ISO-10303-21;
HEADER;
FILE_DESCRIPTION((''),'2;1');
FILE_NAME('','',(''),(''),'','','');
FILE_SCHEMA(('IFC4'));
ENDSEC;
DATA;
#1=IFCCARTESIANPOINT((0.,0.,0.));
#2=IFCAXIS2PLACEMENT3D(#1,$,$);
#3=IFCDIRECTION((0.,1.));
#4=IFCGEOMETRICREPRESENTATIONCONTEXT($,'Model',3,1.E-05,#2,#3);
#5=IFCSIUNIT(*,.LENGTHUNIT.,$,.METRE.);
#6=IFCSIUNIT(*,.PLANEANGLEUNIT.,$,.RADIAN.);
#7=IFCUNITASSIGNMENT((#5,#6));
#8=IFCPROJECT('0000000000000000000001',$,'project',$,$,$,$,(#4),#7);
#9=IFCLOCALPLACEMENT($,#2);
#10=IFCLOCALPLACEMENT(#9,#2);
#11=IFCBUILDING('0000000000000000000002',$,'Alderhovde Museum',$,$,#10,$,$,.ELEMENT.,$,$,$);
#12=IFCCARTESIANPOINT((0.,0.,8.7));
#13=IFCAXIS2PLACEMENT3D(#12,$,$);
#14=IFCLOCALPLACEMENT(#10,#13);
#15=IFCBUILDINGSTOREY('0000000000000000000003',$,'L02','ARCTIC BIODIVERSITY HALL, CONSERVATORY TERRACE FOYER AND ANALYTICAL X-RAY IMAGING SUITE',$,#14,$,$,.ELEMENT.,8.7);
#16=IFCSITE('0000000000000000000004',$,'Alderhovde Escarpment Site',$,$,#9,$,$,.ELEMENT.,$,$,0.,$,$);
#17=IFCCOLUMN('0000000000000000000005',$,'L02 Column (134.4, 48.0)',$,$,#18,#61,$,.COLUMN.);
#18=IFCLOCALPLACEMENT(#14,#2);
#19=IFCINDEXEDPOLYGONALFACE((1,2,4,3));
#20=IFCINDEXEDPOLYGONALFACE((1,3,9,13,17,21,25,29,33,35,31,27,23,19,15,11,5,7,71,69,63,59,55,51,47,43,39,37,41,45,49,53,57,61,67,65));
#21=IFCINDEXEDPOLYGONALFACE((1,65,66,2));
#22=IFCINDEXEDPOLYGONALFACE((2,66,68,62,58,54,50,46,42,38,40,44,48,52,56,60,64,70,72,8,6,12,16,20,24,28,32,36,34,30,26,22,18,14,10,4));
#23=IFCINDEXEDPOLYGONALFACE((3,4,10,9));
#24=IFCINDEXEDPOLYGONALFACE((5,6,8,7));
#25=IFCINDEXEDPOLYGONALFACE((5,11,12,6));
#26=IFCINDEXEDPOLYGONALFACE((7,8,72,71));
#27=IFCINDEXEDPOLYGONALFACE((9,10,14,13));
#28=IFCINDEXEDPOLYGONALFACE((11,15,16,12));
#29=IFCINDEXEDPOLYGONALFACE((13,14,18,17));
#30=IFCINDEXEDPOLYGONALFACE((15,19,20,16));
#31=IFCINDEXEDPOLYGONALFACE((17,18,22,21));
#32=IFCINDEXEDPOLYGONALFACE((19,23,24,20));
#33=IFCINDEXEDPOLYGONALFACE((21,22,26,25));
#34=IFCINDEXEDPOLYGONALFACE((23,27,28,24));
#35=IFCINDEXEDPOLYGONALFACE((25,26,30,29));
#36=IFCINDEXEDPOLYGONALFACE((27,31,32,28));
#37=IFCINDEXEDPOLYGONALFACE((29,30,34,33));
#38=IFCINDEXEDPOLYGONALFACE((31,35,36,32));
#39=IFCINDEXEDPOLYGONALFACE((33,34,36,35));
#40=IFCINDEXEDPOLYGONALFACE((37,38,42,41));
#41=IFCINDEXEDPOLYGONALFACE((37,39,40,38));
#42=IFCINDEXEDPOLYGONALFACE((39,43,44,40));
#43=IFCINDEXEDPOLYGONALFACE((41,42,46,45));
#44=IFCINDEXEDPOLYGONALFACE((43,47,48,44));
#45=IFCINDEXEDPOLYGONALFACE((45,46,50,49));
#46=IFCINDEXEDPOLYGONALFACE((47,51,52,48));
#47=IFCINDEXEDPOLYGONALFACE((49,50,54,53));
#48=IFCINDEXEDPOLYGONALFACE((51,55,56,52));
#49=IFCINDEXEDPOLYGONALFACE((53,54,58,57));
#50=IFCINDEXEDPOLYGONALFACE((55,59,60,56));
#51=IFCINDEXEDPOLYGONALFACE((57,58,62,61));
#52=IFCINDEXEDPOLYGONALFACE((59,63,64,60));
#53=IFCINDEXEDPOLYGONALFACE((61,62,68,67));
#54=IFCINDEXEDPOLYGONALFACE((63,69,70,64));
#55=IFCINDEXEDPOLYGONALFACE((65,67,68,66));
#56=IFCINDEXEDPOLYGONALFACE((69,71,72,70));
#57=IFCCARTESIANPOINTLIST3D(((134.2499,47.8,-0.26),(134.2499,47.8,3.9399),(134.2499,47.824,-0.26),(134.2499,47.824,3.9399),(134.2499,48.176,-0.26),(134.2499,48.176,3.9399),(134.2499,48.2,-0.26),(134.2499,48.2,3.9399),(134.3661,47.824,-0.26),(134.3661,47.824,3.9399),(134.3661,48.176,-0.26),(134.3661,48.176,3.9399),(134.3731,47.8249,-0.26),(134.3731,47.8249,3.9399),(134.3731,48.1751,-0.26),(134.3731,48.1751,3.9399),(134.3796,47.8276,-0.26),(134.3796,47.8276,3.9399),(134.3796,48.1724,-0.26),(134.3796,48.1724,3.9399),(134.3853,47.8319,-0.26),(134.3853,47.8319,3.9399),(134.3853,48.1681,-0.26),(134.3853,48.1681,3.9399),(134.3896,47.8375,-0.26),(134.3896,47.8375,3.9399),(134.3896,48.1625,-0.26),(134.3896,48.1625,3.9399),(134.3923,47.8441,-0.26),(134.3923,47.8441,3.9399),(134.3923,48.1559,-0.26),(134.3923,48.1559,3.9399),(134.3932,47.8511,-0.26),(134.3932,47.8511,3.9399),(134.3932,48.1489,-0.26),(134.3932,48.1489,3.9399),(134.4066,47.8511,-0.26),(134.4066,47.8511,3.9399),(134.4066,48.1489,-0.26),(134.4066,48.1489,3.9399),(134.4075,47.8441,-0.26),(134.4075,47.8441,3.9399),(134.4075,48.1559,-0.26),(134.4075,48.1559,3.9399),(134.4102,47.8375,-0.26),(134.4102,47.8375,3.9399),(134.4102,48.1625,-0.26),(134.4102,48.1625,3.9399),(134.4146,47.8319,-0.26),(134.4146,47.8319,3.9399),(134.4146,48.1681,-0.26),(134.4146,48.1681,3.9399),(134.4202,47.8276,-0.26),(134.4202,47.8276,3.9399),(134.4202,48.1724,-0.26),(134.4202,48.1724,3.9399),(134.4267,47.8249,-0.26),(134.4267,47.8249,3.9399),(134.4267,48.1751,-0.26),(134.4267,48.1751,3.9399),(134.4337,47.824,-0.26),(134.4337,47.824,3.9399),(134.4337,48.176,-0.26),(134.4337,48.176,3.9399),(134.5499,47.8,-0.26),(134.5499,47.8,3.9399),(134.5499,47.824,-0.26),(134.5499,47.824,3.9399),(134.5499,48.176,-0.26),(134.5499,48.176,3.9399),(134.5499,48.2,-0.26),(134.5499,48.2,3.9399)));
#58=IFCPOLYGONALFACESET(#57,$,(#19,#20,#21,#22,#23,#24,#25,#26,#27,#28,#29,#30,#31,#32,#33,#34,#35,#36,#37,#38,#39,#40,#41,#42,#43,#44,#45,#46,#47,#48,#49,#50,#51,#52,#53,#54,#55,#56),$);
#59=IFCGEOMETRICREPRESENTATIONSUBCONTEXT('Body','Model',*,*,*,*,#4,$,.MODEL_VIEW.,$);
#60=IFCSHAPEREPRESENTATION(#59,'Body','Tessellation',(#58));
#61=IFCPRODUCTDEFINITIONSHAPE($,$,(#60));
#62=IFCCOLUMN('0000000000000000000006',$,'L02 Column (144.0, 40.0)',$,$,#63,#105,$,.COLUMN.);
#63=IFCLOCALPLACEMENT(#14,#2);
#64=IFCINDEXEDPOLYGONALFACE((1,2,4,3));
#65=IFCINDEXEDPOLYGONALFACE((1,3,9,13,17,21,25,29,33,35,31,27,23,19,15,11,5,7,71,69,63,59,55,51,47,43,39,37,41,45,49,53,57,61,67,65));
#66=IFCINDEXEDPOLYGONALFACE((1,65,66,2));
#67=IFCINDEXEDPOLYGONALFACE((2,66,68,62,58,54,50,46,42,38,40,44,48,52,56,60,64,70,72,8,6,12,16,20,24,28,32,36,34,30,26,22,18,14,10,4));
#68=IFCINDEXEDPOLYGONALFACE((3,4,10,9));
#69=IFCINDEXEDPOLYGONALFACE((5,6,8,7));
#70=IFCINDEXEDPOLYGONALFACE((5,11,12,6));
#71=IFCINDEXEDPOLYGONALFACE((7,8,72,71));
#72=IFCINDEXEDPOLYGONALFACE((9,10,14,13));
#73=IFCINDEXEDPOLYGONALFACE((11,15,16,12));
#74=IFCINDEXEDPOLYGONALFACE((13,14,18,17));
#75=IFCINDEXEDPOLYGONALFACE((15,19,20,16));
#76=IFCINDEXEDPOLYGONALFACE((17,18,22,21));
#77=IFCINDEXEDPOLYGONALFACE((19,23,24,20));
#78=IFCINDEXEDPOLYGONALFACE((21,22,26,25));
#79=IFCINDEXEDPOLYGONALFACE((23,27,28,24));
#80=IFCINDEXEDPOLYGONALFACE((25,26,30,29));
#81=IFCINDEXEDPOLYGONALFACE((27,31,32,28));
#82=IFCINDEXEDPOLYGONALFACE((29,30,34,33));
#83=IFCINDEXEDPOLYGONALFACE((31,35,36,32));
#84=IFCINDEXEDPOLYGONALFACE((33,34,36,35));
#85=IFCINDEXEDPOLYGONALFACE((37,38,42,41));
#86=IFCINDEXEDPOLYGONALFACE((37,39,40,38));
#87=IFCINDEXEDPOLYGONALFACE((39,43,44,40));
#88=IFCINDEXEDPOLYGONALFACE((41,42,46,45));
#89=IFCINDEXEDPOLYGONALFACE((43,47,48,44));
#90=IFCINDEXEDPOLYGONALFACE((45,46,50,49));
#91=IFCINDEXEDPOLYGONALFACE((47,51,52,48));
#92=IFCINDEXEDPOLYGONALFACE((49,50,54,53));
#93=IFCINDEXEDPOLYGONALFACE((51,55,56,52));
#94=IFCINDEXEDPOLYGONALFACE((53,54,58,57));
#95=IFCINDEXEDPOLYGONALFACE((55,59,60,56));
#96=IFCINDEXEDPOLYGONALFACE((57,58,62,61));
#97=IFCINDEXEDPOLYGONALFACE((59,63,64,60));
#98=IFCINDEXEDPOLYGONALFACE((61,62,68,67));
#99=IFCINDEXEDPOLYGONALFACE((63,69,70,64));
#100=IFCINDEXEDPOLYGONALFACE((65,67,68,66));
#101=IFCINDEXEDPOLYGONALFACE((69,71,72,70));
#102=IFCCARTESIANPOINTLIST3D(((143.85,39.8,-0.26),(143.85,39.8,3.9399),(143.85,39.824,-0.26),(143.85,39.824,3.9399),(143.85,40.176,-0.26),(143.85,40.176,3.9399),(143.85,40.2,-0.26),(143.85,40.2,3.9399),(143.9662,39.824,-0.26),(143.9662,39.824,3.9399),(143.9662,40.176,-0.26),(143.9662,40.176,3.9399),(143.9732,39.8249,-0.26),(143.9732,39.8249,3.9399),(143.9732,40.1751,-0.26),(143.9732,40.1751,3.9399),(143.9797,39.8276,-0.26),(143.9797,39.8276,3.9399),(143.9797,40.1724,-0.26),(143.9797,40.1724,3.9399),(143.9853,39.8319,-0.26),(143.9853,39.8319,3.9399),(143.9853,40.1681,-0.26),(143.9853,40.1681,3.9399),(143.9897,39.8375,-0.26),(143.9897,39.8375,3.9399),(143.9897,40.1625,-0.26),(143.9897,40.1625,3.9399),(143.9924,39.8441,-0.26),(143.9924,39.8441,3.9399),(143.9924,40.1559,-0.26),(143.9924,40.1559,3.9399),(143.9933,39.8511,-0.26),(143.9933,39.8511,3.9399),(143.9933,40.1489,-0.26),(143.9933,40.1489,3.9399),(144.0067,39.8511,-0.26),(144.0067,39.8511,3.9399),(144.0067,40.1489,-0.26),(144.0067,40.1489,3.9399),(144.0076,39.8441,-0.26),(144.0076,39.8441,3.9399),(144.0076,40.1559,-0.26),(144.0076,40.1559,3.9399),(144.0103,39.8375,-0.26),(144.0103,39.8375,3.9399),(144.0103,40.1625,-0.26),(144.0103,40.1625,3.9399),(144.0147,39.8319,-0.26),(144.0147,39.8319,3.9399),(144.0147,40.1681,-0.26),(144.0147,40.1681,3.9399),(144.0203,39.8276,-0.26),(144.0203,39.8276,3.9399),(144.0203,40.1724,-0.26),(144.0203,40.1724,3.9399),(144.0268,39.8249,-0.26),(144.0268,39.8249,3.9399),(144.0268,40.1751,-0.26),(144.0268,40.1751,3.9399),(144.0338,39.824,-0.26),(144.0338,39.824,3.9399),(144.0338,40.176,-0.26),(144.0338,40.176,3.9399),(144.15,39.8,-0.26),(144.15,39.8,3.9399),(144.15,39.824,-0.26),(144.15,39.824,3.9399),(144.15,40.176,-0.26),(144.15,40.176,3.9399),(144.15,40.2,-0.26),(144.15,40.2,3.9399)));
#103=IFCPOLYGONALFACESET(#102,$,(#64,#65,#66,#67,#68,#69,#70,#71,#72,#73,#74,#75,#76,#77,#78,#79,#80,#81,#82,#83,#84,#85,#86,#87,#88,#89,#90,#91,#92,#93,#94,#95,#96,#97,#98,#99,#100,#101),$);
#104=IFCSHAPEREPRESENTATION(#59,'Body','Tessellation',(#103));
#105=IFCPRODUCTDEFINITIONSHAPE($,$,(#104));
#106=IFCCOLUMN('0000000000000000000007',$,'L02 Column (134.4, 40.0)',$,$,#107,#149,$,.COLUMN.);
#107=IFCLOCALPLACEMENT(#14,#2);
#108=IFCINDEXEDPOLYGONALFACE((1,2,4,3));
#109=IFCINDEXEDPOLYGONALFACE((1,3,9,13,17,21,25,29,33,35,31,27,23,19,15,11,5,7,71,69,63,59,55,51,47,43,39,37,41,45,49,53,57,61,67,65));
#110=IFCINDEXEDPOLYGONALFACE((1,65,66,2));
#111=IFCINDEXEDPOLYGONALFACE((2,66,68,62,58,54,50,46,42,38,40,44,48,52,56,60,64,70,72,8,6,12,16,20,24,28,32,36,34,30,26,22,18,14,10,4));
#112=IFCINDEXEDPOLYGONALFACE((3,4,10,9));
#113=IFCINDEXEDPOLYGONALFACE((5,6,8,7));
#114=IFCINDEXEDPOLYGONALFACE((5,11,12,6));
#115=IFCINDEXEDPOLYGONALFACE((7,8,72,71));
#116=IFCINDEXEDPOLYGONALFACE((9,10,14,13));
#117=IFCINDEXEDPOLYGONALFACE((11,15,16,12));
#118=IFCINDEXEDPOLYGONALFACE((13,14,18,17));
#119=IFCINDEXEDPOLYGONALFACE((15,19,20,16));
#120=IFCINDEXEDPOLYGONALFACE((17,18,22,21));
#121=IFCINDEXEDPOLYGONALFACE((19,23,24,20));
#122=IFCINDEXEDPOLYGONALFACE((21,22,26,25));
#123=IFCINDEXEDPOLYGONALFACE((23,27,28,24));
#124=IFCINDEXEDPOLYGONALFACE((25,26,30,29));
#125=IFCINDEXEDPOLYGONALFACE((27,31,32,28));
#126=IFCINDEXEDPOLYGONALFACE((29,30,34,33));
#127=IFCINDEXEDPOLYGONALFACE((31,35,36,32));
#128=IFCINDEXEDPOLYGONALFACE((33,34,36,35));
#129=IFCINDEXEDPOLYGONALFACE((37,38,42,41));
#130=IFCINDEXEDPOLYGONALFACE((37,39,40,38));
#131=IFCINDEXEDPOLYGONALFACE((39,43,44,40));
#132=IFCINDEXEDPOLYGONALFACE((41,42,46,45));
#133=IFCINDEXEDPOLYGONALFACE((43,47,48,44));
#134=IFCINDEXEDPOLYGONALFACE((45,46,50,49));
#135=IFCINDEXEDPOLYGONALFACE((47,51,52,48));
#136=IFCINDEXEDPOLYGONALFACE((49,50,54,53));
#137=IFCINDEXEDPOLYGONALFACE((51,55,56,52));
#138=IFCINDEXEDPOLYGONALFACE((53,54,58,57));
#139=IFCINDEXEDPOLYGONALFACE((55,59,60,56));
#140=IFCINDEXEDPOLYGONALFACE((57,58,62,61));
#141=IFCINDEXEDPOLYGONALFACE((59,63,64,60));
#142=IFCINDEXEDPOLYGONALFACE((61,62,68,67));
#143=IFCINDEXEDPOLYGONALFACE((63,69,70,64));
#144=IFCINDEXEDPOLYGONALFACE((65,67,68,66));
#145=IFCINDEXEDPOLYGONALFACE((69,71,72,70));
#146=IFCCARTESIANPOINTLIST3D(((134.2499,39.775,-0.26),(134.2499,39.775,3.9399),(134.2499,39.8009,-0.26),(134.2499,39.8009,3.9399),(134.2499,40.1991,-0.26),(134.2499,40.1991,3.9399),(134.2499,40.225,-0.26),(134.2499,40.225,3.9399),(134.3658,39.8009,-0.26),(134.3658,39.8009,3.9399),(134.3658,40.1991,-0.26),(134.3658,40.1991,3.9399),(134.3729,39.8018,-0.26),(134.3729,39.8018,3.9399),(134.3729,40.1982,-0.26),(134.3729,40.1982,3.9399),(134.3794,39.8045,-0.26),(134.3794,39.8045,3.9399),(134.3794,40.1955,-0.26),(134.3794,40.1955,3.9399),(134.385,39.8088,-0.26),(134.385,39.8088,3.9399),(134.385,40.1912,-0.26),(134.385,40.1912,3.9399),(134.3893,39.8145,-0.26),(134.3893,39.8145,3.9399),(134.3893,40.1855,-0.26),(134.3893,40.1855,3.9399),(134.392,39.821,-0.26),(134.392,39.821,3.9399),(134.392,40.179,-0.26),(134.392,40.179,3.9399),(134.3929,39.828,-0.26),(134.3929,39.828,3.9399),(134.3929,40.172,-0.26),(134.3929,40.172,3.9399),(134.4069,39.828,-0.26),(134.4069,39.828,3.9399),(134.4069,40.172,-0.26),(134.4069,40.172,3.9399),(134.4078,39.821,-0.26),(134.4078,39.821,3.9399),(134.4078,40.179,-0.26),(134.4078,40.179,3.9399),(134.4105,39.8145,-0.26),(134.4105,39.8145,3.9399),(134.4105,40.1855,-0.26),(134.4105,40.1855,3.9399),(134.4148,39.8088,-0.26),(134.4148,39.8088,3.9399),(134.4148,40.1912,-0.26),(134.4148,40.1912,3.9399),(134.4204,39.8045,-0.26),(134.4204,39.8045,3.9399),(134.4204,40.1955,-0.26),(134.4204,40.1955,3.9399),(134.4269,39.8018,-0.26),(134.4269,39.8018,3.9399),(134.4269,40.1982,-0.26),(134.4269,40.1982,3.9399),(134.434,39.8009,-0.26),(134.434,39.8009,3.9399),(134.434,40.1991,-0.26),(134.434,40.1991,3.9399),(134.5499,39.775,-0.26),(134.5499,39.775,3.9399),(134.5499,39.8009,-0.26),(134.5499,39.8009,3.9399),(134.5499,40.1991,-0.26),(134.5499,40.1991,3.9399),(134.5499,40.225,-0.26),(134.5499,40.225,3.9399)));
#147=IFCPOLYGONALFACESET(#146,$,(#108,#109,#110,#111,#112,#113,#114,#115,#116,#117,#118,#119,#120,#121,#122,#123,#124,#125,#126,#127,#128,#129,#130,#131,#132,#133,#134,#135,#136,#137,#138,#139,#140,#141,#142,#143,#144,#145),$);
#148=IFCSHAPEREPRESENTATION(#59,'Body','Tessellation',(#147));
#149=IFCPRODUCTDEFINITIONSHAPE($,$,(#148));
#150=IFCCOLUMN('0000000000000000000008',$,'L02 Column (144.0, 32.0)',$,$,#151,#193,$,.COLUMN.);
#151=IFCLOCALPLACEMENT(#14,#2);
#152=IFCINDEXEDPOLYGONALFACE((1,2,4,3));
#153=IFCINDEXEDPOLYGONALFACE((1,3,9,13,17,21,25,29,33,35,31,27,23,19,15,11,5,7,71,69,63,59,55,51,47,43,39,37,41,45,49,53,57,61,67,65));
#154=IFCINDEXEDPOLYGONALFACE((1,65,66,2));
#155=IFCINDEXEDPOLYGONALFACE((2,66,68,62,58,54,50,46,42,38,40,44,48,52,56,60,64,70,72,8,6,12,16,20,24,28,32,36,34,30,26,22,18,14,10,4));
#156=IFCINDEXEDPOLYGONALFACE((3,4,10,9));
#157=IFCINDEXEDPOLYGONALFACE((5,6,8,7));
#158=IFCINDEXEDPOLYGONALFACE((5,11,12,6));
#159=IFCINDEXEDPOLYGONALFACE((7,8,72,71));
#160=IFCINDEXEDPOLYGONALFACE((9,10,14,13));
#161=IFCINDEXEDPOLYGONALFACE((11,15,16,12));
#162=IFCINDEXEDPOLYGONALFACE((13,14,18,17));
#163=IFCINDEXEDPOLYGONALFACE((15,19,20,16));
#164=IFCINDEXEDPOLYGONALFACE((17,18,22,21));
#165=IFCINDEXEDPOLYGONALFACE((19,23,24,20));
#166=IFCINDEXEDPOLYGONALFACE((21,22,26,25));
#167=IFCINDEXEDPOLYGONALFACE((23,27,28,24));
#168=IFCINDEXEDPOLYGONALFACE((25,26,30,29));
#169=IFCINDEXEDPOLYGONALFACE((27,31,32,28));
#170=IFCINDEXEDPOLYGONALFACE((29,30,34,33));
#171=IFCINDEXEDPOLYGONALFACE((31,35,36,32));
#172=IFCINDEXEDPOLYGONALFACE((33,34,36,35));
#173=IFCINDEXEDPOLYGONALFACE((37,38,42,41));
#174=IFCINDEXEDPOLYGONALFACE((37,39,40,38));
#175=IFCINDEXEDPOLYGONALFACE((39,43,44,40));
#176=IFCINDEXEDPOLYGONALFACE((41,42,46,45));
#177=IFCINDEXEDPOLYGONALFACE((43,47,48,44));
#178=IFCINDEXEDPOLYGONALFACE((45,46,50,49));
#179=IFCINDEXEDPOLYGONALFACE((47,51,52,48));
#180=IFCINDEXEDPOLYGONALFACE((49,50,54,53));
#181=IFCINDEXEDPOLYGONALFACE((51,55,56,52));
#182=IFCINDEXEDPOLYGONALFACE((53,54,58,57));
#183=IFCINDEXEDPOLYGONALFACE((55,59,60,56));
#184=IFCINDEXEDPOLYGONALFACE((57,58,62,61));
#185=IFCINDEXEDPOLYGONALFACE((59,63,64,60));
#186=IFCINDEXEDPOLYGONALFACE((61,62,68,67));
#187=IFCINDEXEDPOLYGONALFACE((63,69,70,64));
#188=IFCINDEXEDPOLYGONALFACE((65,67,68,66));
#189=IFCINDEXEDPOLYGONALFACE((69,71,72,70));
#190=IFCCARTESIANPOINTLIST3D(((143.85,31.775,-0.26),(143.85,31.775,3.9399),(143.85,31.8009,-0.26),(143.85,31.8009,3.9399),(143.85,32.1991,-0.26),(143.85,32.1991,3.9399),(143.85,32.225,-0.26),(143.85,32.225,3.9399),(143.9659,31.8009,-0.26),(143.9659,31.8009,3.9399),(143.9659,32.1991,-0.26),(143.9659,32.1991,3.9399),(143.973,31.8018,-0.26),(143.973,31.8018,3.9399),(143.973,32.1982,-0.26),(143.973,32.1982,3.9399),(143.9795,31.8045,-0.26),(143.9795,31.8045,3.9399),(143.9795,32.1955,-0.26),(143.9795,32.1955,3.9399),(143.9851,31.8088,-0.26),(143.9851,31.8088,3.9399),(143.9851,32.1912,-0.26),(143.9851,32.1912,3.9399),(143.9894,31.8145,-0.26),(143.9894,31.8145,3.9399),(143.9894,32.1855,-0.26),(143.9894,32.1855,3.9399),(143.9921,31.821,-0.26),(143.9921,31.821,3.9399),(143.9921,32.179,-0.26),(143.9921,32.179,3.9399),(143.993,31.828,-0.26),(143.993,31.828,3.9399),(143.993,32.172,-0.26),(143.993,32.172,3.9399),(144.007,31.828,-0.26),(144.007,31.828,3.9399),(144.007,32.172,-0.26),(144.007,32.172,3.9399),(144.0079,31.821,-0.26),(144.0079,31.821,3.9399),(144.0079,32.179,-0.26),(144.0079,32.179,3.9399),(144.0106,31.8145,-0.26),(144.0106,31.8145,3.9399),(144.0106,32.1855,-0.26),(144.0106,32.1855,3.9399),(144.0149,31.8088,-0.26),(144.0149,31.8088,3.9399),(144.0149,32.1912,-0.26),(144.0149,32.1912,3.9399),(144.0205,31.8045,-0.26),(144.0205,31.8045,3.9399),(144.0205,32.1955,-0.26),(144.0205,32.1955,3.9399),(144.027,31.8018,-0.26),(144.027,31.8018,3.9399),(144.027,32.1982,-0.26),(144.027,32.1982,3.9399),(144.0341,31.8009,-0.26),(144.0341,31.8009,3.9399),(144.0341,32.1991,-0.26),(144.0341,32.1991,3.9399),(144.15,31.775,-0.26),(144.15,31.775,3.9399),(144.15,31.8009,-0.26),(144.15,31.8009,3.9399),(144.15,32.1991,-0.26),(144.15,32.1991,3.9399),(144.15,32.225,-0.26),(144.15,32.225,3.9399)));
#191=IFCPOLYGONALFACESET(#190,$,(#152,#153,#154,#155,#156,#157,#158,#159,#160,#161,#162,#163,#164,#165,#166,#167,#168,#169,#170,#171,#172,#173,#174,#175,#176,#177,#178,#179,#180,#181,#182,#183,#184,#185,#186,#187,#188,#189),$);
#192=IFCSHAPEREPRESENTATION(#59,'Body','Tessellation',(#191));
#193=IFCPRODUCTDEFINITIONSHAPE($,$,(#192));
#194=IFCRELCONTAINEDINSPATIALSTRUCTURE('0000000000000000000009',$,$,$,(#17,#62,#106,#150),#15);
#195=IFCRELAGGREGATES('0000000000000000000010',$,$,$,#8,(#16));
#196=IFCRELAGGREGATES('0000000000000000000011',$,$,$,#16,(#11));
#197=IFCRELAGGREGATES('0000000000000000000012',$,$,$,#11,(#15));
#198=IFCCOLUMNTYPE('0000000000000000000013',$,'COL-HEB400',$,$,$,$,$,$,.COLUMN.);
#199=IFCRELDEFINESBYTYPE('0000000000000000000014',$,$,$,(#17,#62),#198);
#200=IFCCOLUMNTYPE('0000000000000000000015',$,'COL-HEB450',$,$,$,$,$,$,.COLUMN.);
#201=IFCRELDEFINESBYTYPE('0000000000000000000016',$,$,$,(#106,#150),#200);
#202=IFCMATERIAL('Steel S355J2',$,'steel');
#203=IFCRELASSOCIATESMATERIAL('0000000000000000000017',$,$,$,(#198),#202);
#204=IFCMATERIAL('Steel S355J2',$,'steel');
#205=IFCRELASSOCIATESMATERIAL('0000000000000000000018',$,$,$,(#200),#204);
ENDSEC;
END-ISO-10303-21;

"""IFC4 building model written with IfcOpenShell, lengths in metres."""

from ifc_helpers import new_model, si_unit, direction, frame, origin, origin_2d, place, context, subcontext, project, spatial, i_section, extrude, material, material_profile, profile_set, type_object, element, save


model = new_model("IFC4")

# Units and contexts
model_context = context("Model", 3, precision=1e-05, world=origin(), true_north=direction((0.0, 1.0)))
body_context = subcontext(model_context, "Body", "Model", "MODEL_VIEW")
ifc_project = project(units=[si_unit("LENGTHUNIT", "METRE"), si_unit("PLANEANGLEUNIT", "RADIAN")], contexts=[model_context])

# Site, building, storey
site_placement = place(None, origin())
site = spatial("IfcSite", under=ifc_project, at=site_placement, Name="Alderhovde Escarpment Site", CompositionType="ELEMENT", RefElevation=0.0)
building_placement = place(site_placement, origin())
building = spatial("IfcBuilding", under=site, at=building_placement, Name="Alderhovde Museum", CompositionType="ELEMENT")
storey_placement = place(building_placement, frame((0.0, 0.0, 8.7)))
storey = spatial("IfcBuildingStorey", under=building, at=storey_placement, Name="L02", Description="ARCTIC BIODIVERSITY HALL, CONSERVATORY TERRACE FOYER AND ANALYTICAL X-RAY IMAGING SUITE", CompositionType="ELEMENT", Elevation=8.7)

# Columns
ifc_material_1 = material(Name="Steel S355J2", Category="steel")
ifc_material_profile_1 = material_profile(ifc_material_1, i_section(OverallWidth=0.3, OverallDepth=0.3999, WebThickness=0.0134, FlangeThickness=0.0239, FilletRadius=0.0271, at=origin_2d()), Name="HEB 400")
ifc_profile_set_1 = profile_set([ifc_material_profile_1], Name="Steel S355J2")
column_type_1 = type_object("IfcColumnType", Name="COL-HEB400", PredefinedType="COLUMN", material=ifc_profile_set_1)
for number, where, z_axis, x_axis, name in (
    (1, (134.3999, 48.0, -0.26), (0.0, 0.0, 1.0), (1.0, 0.0, 0.0), "L02 Column (134.4, 48.0)"),
    (2, (144.0, 40.0, -0.26), (0.0, 0.0, 1.0), (1.0, 0.0, 0.0), "L02 Column (144.0, 40.0)"),
):
    element("IfcColumn", number, at=place(storey_placement, frame(where, z_axis=z_axis, x_axis=x_axis)), inside=storey, type_object=column_type_1, Name=name, PredefinedType="COLUMN", context=body_context, shape_type="SweptSolid", body=[
        extrude(i_section(OverallWidth=0.3, OverallDepth=0.3999, WebThickness=0.0134, FlangeThickness=0.0239, FilletRadius=0.0271, at=origin_2d()), origin(), (0.0, 0.0, 1.0), 4.2),
    ])
ifc_material_2 = material(Name="Steel S355J2", Category="steel")
ifc_material_profile_2 = material_profile(ifc_material_2, i_section(OverallWidth=0.3, OverallDepth=0.45, WebThickness=0.0139, FlangeThickness=0.0259, FilletRadius=0.0271, at=origin_2d()), Name="HEB 450")
ifc_profile_set_2 = profile_set([ifc_material_profile_2], Name="Steel S355J2")
column_type_2 = type_object("IfcColumnType", Name="COL-HEB450", PredefinedType="COLUMN", material=ifc_profile_set_2)
for number, where, z_axis, x_axis, name in (
    (3, (134.3999, 40.0, -0.26), (0.0, 0.0, 1.0), (1.0, 0.0, 0.0), "L02 Column (134.4, 40.0)"),
    (4, (144.0, 32.0, -0.26), (0.0, 0.0, 1.0), (1.0, 0.0, 0.0), "L02 Column (144.0, 32.0)"),
):
    element("IfcColumn", number, at=place(storey_placement, frame(where, z_axis=z_axis, x_axis=x_axis)), inside=storey, type_object=column_type_2, Name=name, PredefinedType="COLUMN", context=body_context, shape_type="SweptSolid", body=[
        extrude(i_section(OverallWidth=0.3, OverallDepth=0.45, WebThickness=0.0139, FlangeThickness=0.0259, FilletRadius=0.0271, at=origin_2d()), origin(), (0.0, 0.0, 1.0), 4.2),
    ])

save(model, "model.ifc")
